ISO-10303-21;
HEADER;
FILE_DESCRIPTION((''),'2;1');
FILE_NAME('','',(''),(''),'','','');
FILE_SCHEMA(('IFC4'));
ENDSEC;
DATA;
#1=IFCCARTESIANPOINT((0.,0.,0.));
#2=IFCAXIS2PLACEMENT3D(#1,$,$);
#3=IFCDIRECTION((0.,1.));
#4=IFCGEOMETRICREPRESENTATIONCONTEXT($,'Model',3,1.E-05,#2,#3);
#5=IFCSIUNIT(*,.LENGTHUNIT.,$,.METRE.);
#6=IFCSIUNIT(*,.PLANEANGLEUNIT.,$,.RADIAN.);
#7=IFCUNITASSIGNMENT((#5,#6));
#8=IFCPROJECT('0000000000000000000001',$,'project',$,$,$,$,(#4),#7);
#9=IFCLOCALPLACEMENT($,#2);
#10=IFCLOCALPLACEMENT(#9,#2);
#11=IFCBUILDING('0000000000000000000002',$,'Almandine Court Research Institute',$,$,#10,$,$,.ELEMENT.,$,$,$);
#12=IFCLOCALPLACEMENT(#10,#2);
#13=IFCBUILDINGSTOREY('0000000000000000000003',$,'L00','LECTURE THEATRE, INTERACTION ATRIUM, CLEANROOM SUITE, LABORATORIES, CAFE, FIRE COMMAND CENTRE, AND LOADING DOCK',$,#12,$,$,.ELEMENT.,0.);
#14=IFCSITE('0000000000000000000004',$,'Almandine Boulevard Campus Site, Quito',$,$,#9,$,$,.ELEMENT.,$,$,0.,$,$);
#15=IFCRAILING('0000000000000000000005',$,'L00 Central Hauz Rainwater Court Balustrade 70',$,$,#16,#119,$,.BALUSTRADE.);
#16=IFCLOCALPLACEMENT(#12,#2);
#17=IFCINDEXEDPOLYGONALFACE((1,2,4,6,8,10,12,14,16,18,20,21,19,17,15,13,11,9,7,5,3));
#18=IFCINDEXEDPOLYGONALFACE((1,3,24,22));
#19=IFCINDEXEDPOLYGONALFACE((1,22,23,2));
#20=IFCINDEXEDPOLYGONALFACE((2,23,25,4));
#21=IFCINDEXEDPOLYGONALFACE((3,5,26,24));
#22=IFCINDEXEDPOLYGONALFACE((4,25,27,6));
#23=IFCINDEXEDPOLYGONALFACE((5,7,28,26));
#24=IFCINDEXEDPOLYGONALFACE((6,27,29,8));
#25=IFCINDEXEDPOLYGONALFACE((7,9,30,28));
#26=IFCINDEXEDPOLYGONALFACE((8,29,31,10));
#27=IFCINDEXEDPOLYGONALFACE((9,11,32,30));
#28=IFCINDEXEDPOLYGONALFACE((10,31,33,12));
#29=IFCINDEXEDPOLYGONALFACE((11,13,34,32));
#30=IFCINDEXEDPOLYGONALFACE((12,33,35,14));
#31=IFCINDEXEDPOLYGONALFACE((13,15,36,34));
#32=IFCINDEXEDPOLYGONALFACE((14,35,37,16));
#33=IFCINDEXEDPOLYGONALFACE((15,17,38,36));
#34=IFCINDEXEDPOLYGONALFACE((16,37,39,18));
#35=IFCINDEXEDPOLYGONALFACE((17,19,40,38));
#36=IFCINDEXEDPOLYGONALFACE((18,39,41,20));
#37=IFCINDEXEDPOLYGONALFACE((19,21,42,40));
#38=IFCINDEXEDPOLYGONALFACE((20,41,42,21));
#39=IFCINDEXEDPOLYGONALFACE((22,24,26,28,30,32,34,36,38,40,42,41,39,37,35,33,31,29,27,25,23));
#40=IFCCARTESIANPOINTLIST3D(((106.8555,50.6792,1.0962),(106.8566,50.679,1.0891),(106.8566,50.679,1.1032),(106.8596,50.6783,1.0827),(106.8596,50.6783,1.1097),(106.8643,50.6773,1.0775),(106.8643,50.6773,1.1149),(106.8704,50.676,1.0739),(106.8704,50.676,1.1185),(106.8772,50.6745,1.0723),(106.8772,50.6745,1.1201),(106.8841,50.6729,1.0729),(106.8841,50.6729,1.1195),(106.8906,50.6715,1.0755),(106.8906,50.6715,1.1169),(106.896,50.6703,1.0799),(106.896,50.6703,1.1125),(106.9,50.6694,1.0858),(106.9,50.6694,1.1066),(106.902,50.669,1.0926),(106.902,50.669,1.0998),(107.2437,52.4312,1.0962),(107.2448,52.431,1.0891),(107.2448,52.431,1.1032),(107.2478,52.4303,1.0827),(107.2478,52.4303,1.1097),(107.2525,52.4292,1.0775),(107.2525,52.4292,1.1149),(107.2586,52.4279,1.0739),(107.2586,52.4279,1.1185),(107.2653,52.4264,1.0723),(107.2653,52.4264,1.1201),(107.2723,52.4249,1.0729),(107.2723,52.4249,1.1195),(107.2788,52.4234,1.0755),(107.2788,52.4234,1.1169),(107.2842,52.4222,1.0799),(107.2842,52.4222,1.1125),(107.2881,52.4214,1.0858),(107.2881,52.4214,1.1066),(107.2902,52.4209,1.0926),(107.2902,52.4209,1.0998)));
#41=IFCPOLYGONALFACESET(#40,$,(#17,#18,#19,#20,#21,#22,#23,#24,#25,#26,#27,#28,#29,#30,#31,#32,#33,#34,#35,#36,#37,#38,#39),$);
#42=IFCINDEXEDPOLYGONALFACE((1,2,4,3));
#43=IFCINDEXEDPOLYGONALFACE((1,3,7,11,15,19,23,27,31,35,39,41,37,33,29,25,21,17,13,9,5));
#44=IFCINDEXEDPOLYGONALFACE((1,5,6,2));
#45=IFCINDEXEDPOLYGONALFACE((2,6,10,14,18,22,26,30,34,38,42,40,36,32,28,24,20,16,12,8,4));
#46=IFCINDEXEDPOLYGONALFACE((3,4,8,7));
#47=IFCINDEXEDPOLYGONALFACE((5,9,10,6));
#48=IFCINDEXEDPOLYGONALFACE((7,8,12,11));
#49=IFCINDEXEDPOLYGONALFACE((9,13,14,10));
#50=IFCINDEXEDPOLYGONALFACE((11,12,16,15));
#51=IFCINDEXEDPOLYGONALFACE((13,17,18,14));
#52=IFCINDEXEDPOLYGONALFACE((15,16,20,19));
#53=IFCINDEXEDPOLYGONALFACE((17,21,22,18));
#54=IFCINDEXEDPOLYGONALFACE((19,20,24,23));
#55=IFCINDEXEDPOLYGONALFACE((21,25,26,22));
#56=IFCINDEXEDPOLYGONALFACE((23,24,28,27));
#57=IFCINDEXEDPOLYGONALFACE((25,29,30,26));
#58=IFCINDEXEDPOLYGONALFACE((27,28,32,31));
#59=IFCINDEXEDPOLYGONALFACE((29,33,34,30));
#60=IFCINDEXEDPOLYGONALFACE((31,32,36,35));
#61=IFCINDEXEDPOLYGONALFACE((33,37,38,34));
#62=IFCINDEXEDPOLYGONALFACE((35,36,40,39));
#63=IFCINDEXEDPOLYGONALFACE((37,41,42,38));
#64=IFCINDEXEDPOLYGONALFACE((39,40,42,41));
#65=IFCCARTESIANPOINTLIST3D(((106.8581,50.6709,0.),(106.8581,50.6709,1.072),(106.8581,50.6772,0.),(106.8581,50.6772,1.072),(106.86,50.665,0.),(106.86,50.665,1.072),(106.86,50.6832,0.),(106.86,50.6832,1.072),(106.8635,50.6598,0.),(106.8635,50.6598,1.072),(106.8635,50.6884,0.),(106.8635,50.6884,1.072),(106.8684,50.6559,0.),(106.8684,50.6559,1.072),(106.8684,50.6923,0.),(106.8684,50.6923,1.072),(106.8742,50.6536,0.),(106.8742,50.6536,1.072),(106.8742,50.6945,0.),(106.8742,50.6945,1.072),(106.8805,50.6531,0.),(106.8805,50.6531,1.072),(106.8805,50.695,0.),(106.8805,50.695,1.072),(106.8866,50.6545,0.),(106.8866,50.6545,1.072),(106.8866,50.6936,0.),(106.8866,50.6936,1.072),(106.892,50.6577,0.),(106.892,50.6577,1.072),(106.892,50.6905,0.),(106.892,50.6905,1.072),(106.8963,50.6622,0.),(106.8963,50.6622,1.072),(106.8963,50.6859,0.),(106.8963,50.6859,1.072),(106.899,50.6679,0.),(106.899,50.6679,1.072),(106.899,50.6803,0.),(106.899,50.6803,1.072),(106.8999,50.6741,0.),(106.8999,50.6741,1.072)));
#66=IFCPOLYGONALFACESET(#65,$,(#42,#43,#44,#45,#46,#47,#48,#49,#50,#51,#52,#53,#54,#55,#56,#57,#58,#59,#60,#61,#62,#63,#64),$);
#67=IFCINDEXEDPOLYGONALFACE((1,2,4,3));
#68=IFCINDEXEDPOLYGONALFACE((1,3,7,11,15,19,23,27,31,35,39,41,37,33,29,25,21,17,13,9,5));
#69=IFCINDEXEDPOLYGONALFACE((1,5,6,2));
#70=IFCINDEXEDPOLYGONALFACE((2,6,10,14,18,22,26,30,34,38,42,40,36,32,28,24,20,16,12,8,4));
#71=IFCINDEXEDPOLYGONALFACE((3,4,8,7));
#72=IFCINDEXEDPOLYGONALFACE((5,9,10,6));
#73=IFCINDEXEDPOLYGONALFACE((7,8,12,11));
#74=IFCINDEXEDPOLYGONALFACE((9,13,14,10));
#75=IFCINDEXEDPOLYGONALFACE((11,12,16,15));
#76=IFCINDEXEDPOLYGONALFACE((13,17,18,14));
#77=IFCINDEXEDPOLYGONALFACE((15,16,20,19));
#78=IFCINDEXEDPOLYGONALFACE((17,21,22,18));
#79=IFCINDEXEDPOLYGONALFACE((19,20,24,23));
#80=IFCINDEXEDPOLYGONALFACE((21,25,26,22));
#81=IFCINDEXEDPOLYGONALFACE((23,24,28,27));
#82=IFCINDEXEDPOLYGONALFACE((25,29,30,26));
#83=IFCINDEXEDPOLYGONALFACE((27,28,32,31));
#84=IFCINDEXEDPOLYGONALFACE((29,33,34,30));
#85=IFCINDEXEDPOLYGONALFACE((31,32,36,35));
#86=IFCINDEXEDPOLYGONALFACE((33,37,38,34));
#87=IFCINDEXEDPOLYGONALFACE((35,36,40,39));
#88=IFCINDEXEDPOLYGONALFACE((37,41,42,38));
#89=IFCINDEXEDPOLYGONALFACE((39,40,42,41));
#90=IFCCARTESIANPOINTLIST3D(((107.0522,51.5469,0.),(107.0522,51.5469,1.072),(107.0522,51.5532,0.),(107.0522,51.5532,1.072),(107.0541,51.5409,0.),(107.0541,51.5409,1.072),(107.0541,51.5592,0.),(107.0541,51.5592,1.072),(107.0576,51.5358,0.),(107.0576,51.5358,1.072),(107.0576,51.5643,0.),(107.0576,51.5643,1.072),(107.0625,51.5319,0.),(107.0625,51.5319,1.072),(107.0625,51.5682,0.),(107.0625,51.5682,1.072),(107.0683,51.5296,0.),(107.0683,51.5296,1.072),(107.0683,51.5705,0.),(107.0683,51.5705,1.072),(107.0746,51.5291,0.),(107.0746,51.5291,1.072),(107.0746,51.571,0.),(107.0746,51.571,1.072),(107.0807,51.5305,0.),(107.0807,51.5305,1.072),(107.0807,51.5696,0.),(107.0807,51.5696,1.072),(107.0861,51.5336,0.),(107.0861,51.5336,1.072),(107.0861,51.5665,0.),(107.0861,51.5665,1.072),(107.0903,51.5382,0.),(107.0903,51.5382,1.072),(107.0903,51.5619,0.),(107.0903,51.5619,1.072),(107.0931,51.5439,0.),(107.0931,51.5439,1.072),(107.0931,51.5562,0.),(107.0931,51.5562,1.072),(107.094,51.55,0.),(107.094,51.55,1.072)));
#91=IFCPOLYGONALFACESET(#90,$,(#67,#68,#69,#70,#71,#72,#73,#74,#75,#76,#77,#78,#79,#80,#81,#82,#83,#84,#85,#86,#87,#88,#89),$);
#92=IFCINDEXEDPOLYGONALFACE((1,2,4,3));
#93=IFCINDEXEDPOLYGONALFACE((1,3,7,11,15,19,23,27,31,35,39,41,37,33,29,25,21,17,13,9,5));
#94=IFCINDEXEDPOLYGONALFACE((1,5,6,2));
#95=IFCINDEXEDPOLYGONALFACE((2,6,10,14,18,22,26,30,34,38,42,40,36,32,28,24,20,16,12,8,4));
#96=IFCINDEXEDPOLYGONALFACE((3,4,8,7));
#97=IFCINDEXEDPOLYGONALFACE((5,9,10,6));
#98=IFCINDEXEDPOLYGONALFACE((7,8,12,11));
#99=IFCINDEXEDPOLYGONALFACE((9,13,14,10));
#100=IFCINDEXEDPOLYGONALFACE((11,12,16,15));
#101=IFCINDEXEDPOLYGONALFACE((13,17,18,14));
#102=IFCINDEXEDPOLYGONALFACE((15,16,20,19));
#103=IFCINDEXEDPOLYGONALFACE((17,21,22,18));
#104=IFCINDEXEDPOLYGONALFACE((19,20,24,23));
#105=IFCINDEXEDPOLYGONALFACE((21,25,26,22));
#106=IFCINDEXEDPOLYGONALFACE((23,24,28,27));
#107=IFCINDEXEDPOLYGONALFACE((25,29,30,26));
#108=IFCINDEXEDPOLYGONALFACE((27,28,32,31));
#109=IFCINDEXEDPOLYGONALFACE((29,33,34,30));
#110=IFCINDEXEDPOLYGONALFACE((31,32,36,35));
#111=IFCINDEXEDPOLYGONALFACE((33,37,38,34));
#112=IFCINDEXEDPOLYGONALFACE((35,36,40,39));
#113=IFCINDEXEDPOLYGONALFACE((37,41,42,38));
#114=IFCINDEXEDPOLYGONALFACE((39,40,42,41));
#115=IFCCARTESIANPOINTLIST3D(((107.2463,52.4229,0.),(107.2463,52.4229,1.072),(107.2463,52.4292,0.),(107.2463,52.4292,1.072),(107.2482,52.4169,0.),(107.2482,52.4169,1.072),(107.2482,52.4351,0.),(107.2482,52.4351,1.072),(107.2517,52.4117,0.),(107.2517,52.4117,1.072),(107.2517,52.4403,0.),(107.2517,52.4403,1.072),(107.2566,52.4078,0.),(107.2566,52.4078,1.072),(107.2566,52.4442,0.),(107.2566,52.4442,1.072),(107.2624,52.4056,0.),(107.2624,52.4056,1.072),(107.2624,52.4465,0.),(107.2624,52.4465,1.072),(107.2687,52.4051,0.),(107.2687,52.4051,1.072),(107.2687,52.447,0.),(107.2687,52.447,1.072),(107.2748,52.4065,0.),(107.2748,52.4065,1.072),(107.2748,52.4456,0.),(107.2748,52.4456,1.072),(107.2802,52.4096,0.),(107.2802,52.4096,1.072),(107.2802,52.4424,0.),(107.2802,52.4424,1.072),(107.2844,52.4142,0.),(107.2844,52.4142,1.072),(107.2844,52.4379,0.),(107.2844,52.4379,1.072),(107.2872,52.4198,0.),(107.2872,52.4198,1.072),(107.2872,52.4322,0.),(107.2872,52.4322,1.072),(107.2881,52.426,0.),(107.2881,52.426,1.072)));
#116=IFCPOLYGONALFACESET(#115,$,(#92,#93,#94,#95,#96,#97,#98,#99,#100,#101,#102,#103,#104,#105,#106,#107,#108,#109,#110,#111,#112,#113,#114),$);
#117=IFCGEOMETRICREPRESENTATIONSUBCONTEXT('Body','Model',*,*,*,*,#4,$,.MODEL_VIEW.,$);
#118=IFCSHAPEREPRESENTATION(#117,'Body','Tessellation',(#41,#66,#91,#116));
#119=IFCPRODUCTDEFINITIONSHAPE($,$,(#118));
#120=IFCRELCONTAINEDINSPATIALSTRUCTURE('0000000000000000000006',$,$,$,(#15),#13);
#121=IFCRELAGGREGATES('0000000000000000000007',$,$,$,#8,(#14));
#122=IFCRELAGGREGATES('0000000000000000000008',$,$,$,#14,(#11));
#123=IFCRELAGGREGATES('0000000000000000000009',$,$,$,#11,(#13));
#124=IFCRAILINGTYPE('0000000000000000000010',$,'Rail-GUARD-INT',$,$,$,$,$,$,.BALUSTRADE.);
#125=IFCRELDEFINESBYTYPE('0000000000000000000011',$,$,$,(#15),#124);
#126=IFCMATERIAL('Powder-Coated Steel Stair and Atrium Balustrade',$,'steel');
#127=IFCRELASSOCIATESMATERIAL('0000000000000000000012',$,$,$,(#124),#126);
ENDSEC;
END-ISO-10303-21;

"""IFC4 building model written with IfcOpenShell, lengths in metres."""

from ifc_helpers import new_model, si_unit, direction, frame, origin, origin_2d, place, context, subcontext, project, spatial, circle, extrude, material, type_object, element, save


model = new_model("IFC4")

# Units and contexts
model_context = context("Model", 3, precision=1e-05, world=origin(), true_north=direction((0.0, 1.0)))
body_context = subcontext(model_context, "Body", "Model", "MODEL_VIEW")
ifc_project = project(units=[si_unit("LENGTHUNIT", "METRE"), si_unit("PLANEANGLEUNIT", "RADIAN")], contexts=[model_context])

# Site, building, storey
site_placement = place(None, origin())
site = spatial("IfcSite", under=ifc_project, at=site_placement, Name="Almandine Boulevard Campus Site, Quito", CompositionType="ELEMENT", RefElevation=0.0)
building_placement = place(site_placement, origin())
building = spatial("IfcBuilding", under=site, at=building_placement, Name="Almandine Court Research Institute", CompositionType="ELEMENT")
storey_placement = place(building_placement, origin())
storey = spatial("IfcBuildingStorey", under=building, at=storey_placement, Name="L00", Description="LECTURE THEATRE, INTERACTION ATRIUM, CLEANROOM SUITE, LABORATORIES, CAFE, FIRE COMMAND CENTRE, AND LOADING DOCK", CompositionType="ELEMENT", Elevation=0.0)

# Railing
ifc_material_1 = material(Name="Powder-Coated Steel Stair and Atrium Balustrade", Category="steel")
railing_type = type_object("IfcRailingType", Name="Rail-GUARD-INT", PredefinedType="BALUSTRADE", material=ifc_material_1)
railing_1_placement = place(storey_placement, frame((106.8789, 50.6741, 0.0)))
element("IfcRailing", 1, at=railing_1_placement, inside=storey, type_object=railing_type, Name="L00 Central Hauz Rainwater Court Balustrade 70", PredefinedType="BALUSTRADE", context=body_context, shape_type="SweptSolid", body=[
    extrude(circle(Radius=0.0239, at=origin_2d()), frame((0.0, 0.0, 1.0962), z_axis=(0.216325, 0.976321, 0.0), x_axis=(-0.976321, 0.216325, 0.0)), (0.0, 0.0, 1.0), 1.7944),
    extrude(circle(Radius=0.021, at=origin_2d()), origin(), (0.0, 0.0, 1.0), 1.072),
    extrude(circle(Radius=0.021, at=origin_2d()), frame((0.1941, 0.876, 0.0)), (0.0, 0.0, 1.0), 1.072),
    extrude(circle(Radius=0.021, at=origin_2d()), frame((0.3882, 1.752, 0.0)), (0.0, 0.0, 1.0), 1.072),
])

save(model, "model.ifc")
